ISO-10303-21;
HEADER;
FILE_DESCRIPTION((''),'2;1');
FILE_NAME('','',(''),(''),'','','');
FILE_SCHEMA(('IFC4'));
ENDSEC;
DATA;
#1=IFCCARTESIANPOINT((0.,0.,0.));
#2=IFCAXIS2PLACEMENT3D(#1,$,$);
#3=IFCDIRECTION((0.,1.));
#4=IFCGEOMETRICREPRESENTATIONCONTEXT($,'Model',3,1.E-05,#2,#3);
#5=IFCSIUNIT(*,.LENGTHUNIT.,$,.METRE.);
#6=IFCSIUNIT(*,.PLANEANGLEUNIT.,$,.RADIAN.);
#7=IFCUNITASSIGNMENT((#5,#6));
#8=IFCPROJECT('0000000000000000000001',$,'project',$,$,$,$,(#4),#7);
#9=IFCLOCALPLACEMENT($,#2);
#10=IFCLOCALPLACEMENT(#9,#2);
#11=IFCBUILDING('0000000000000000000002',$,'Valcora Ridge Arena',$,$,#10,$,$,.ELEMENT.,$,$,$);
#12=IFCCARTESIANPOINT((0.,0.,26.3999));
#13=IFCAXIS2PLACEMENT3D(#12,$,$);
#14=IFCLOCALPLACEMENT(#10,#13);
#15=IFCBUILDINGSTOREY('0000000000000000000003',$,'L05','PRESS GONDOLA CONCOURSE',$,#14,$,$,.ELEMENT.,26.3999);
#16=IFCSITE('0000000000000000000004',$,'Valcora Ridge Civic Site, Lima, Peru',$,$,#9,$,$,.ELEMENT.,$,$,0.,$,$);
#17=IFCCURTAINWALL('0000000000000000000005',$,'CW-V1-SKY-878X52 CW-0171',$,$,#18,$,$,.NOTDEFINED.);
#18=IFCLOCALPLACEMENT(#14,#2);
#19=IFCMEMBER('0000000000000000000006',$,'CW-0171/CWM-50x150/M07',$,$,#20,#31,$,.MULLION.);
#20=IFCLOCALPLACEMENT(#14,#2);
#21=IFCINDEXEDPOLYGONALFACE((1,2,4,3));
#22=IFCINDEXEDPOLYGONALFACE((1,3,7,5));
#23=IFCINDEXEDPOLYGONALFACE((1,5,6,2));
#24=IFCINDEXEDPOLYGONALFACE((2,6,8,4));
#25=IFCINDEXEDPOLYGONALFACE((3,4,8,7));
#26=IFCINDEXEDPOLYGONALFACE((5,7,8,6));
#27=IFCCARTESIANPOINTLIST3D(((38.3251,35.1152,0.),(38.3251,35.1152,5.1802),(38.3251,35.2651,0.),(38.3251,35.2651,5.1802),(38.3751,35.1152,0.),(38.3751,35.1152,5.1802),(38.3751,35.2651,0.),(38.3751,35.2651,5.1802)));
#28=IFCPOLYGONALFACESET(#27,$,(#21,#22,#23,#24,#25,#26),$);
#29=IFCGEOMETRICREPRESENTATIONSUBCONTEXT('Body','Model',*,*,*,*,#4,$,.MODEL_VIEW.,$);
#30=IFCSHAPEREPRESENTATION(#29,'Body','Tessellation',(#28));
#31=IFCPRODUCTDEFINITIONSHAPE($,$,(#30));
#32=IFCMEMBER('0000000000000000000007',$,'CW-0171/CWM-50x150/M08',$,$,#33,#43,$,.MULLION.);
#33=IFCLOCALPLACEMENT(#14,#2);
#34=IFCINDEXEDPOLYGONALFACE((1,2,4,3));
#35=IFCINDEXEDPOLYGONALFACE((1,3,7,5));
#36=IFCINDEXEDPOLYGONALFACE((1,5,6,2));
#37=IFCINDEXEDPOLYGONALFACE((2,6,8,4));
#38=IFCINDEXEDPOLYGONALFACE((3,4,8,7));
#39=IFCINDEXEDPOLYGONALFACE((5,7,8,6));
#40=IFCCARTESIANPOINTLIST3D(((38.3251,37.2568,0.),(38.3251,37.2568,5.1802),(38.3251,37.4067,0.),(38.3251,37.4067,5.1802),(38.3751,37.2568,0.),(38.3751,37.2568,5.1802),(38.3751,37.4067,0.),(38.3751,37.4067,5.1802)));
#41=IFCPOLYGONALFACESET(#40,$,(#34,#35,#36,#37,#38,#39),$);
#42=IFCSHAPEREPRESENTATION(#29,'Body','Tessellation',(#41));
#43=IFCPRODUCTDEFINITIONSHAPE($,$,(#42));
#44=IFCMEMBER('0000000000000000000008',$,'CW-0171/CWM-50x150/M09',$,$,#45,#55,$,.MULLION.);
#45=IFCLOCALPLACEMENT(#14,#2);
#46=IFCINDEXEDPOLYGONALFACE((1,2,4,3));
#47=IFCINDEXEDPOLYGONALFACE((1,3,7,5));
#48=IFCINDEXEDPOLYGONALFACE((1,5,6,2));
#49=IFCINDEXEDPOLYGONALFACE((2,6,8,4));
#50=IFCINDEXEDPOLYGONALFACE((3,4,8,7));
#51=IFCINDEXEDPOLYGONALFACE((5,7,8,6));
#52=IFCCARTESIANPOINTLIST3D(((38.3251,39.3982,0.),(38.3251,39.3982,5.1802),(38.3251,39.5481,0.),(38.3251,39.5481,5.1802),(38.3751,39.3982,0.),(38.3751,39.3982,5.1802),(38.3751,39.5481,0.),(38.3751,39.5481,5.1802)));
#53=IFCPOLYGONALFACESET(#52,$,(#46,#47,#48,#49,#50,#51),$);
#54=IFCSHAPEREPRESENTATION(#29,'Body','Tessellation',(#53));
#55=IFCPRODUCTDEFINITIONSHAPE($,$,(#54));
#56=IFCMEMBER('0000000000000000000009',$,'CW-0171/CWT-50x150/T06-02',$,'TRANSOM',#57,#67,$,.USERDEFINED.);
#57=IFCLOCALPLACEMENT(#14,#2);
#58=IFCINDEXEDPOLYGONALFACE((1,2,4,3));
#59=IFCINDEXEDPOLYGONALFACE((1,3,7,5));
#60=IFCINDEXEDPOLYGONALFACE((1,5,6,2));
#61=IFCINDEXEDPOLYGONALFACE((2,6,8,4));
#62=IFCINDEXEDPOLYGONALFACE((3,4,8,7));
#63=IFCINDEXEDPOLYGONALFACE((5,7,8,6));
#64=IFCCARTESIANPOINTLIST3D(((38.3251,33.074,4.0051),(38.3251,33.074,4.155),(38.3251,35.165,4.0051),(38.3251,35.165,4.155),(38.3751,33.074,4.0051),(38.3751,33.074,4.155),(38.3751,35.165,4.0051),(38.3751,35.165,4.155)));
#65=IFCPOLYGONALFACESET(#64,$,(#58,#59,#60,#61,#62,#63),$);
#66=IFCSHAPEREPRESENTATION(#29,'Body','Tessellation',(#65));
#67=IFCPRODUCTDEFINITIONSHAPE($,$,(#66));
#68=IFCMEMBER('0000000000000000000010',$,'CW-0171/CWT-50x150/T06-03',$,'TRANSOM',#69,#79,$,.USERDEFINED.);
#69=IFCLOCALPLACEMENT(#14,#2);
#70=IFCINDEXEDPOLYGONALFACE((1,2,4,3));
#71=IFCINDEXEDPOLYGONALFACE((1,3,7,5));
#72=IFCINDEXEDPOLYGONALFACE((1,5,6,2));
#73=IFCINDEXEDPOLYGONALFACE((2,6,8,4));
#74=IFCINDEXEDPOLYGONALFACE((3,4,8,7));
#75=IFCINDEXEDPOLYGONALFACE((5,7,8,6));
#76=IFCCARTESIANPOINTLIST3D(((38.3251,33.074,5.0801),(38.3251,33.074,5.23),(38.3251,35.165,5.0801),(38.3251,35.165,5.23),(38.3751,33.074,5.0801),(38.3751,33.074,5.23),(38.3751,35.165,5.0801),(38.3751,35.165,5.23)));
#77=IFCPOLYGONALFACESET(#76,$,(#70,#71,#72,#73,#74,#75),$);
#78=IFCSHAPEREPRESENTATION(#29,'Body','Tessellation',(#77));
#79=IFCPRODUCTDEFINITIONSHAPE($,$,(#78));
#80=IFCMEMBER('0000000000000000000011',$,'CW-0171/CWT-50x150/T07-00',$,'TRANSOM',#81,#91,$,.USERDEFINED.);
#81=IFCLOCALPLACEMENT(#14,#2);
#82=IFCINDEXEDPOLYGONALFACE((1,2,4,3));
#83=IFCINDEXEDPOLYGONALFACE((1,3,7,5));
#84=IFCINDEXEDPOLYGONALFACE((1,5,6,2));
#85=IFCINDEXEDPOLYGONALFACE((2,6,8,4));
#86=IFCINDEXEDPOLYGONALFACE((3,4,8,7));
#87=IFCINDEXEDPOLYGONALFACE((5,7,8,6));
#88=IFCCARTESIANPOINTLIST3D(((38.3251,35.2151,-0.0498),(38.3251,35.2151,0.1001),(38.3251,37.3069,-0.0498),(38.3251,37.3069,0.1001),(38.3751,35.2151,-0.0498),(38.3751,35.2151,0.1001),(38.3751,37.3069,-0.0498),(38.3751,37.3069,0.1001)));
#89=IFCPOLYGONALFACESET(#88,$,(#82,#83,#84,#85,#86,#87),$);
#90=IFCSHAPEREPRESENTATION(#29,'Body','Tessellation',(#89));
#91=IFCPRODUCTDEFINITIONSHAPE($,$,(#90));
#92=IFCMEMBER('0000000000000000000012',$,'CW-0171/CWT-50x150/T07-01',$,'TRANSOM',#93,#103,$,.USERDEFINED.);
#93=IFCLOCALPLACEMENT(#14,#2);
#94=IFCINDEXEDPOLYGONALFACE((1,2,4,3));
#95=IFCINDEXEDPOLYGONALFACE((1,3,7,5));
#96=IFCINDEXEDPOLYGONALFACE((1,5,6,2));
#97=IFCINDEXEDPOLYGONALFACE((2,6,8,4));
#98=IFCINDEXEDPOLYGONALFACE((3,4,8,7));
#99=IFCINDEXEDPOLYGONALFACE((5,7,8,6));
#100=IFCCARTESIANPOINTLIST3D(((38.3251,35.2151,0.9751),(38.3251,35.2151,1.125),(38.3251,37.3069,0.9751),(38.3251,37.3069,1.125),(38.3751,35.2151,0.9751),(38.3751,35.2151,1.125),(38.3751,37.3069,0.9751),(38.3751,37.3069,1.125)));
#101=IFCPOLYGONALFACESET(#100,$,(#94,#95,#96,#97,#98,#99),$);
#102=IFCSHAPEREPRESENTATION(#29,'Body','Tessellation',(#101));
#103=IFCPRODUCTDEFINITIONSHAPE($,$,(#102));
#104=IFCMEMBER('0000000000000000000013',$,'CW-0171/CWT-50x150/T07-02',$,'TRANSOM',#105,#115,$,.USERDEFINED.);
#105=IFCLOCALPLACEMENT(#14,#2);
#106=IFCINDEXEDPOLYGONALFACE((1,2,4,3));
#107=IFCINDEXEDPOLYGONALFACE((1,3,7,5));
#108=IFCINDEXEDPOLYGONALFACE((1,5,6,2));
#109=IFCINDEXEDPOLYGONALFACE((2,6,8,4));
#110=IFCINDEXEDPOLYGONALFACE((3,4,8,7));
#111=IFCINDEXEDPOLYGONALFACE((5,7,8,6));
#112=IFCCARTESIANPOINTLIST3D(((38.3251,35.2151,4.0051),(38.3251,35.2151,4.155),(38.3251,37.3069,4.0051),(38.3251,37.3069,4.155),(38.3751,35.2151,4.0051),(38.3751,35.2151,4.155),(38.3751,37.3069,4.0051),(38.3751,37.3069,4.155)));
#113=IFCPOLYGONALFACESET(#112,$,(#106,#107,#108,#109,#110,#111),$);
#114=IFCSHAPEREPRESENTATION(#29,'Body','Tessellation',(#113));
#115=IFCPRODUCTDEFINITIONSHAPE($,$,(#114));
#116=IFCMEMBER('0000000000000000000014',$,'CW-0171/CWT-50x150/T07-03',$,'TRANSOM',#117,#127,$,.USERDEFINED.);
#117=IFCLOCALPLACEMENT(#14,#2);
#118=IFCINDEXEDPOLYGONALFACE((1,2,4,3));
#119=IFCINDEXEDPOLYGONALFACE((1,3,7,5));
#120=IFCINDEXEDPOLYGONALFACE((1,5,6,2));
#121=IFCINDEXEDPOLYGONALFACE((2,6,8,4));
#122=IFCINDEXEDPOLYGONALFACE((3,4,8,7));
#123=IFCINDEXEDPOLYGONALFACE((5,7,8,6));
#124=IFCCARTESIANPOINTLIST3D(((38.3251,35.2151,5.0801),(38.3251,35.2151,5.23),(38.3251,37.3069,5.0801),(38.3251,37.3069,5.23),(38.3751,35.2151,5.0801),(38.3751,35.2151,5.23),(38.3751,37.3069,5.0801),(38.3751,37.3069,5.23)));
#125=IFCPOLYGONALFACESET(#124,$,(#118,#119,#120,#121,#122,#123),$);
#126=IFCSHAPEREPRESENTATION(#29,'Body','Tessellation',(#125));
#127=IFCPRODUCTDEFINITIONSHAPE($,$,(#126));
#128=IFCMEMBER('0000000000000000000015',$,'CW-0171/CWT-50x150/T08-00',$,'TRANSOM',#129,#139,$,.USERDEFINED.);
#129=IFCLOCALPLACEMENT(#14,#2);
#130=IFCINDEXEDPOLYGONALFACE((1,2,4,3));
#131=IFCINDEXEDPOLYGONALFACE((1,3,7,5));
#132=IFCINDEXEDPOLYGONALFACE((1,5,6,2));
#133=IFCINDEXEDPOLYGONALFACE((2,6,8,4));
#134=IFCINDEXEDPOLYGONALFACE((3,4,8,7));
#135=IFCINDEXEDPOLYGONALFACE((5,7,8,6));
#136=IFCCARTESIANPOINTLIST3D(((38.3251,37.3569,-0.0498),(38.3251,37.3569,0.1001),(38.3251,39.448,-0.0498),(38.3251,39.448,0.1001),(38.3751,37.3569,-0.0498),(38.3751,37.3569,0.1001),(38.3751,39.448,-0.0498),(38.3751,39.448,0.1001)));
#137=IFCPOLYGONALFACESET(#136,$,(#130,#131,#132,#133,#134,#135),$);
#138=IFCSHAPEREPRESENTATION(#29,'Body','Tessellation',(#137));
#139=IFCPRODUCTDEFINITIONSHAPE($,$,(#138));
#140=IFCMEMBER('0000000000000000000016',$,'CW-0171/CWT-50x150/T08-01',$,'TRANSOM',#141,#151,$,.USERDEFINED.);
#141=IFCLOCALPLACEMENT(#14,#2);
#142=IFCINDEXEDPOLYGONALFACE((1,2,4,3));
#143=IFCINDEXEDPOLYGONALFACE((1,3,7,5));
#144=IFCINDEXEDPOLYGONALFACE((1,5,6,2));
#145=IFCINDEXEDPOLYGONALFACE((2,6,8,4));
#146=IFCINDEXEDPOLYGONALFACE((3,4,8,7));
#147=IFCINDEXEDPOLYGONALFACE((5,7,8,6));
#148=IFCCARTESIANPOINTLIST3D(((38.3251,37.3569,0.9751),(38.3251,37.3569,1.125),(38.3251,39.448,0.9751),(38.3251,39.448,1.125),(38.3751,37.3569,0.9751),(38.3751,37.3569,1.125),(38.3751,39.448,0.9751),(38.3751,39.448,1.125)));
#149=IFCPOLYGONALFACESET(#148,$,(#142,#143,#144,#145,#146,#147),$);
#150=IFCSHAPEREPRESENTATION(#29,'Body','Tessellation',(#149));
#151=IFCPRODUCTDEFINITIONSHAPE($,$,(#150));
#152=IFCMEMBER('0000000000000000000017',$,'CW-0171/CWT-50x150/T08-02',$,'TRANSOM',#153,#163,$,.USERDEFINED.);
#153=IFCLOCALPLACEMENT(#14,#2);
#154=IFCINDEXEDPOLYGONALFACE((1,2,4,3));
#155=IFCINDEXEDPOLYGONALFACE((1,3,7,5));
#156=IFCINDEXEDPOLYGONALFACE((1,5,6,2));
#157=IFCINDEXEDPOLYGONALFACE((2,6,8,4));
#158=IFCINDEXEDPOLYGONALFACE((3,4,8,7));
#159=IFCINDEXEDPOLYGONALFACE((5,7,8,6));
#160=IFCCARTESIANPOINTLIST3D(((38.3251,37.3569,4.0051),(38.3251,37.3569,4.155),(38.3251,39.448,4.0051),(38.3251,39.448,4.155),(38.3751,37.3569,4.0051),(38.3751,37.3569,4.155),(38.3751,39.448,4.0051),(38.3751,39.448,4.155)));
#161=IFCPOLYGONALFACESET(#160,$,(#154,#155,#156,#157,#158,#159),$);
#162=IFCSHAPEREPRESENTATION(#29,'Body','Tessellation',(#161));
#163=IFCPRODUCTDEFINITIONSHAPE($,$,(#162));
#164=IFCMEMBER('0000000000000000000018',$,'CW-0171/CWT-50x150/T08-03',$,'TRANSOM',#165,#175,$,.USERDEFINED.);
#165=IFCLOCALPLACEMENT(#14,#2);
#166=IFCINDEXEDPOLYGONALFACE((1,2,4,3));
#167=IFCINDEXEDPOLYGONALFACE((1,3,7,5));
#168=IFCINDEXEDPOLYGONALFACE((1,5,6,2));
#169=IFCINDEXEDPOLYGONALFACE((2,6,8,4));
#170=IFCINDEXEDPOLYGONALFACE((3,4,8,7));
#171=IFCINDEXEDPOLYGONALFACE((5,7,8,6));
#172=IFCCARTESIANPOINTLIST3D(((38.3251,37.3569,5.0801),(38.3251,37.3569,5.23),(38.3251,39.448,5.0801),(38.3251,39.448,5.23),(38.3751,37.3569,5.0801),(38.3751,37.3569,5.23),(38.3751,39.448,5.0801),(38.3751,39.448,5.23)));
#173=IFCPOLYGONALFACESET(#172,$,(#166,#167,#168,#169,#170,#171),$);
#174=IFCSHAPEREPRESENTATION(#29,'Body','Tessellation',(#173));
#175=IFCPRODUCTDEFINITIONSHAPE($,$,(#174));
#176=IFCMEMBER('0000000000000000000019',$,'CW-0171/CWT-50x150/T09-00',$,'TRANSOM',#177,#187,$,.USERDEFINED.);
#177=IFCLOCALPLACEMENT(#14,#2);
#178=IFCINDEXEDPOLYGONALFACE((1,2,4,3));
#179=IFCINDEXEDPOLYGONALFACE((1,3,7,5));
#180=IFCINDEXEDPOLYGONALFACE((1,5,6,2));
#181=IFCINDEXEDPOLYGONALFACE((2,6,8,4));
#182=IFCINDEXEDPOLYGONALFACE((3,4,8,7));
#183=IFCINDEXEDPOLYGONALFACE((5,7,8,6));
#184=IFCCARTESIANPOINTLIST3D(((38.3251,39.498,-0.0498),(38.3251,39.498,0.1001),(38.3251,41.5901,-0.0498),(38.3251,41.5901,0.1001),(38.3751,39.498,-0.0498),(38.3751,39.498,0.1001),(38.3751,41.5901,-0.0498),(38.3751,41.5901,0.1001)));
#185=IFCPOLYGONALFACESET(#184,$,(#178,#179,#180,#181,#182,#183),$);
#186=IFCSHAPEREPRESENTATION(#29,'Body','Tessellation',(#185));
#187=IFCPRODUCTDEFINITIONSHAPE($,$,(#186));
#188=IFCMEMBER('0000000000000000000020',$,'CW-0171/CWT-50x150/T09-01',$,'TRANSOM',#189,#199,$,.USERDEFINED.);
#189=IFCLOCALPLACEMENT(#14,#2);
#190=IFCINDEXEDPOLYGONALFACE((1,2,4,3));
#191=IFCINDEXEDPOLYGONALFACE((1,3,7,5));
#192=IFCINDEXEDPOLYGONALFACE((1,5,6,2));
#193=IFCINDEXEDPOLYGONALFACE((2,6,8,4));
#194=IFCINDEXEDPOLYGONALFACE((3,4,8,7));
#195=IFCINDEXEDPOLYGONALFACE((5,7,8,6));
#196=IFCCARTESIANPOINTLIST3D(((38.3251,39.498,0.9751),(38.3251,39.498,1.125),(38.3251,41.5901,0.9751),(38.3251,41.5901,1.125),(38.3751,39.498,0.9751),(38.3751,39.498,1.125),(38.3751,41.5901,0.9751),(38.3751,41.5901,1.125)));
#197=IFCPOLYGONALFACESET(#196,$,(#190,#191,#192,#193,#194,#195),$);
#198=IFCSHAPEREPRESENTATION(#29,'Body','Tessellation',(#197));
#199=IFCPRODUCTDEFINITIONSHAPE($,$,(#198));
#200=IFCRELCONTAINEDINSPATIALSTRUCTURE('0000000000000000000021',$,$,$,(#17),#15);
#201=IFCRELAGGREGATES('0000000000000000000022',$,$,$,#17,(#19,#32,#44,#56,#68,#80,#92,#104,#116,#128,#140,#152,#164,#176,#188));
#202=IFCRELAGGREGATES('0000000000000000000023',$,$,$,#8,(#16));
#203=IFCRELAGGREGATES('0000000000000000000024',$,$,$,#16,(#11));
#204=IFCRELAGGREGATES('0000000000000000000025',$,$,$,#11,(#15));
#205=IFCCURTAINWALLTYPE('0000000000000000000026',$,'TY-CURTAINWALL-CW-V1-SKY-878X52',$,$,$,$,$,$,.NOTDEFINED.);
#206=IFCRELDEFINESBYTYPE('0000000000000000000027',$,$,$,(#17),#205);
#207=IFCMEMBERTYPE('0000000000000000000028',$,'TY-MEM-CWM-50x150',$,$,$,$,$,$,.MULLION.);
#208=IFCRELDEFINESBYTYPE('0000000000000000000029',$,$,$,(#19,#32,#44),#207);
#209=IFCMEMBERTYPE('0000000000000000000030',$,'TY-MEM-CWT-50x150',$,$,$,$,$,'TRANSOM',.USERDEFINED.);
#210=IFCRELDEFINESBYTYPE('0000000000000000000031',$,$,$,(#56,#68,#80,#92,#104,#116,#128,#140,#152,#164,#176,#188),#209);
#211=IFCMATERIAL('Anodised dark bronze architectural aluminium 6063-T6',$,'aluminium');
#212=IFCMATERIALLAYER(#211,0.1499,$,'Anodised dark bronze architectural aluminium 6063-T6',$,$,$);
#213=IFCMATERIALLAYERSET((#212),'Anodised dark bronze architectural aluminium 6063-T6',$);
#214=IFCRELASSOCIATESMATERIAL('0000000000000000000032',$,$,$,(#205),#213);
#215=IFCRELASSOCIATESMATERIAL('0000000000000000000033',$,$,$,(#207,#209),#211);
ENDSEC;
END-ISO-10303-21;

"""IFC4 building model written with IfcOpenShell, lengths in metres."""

from ifc_helpers import new_model, si_unit, direction, frame, origin, origin_2d, place, context, subcontext, project, spatial, rectangle, extrude, material, layer, layer_set, material_profile, profile_set, type_object, element, aggregate, save


model = new_model("IFC4")

# Units and contexts
model_context = context("Model", 3, precision=1e-05, world=origin(), true_north=direction((0.0, 1.0)))
body_context = subcontext(model_context, "Body", "Model", "MODEL_VIEW")
ifc_project = project(units=[si_unit("LENGTHUNIT", "METRE"), si_unit("PLANEANGLEUNIT", "RADIAN")], contexts=[model_context])

# Site, building, storey
site_placement = place(None, origin())
site = spatial("IfcSite", under=ifc_project, at=site_placement, Name="Valcora Ridge Civic Site, Lima, Peru", CompositionType="ELEMENT", RefElevation=0.0)
building_placement = place(site_placement, origin())
building = spatial("IfcBuilding", under=site, at=building_placement, Name="Valcora Ridge Arena", CompositionType="ELEMENT")
storey_placement = place(building_placement, frame((0.0, 0.0, 26.3999)))
storey = spatial("IfcBuildingStorey", under=building, at=storey_placement, Name="L05", Description="PRESS GONDOLA CONCOURSE", CompositionType="ELEMENT", Elevation=26.3999)

# Curtain wall, members
ifc_material_1 = material(Name="Anodised dark bronze architectural aluminium 6063-T6", Category="aluminium")
ifc_layer_1 = layer(ifc_material_1, 0.1499, Name="Anodised dark bronze architectural aluminium 6063-T6")
ifc_layer_set_1 = layer_set([ifc_layer_1], Name="Anodised dark bronze architectural aluminium 6063-T6")
curtain_wall_type = type_object("IfcCurtainWallType", Name="TY-CURTAINWALL-CW-V1-SKY-878X52", PredefinedType="NOTDEFINED", material=ifc_layer_set_1)
curtain_wall_placement = place(storey_placement, origin())
curtain_wall = element("IfcCurtainWall", 1, at=curtain_wall_placement, inside=storey, type_object=curtain_wall_type, Name="CW-V1-SKY-878X52 CW-0171", PredefinedType="NOTDEFINED")
ifc_material_profile_1 = material_profile(ifc_material_1, rectangle(XDim=0.05, YDim=0.1499, at=origin_2d()), Name="ALU MULLION 50x150")
ifc_profile_set_1 = profile_set([ifc_material_profile_1], Name="Anodised dark bronze architectural aluminium 6063-T6")
member_type_1 = type_object("IfcMemberType", Name="TY-MEM-CWM-50x150", PredefinedType="MULLION", material=ifc_profile_set_1)
member_1_placement = place(storey_placement, frame((38.3501, 35.1902, 0.0), z_axis=(0.0, 0.0, 1.0), x_axis=(-1.0, 0.0, 0.0)))
member_1 = element("IfcMember", 2, at=member_1_placement, type_object=member_type_1, Name="CW-0171/CWM-50x150/M07", PredefinedType="MULLION", context=body_context, shape_type="SweptSolid", body=[
    extrude(rectangle(XDim=0.05, YDim=0.1499, at=origin_2d()), origin(), (0.0, 0.0, 1.0), 5.1802),
])
member_2_placement = place(storey_placement, frame((38.3501, 37.3318, 0.0), z_axis=(0.0, 0.0, 1.0), x_axis=(-1.0, 0.0, 0.0)))
member_2 = element("IfcMember", 3, at=member_2_placement, type_object=member_type_1, Name="CW-0171/CWM-50x150/M08", PredefinedType="MULLION", context=body_context, shape_type="SweptSolid", body=[
    extrude(rectangle(XDim=0.05, YDim=0.1499, at=origin_2d()), origin(), (0.0, 0.0, 1.0), 5.1802),
])
member_3_placement = place(storey_placement, frame((38.3501, 39.4731, 0.0), z_axis=(0.0, 0.0, 1.0), x_axis=(-1.0, 0.0, 0.0)))
member_3 = element("IfcMember", 4, at=member_3_placement, type_object=member_type_1, Name="CW-0171/CWM-50x150/M09", PredefinedType="MULLION", context=body_context, shape_type="SweptSolid", body=[
    extrude(rectangle(XDim=0.05, YDim=0.1499, at=origin_2d()), origin(), (0.0, 0.0, 1.0), 5.1802),
])
ifc_material_profile_2 = material_profile(ifc_material_1, rectangle(XDim=0.05, YDim=0.1499, at=origin_2d()), Name="ALU TRANSOM 50x150")
ifc_profile_set_2 = profile_set([ifc_material_profile_2], Name="Anodised dark bronze architectural aluminium 6063-T6")
member_type_2 = type_object("IfcMemberType", Name="TY-MEM-CWT-50x150", ElementType="TRANSOM", PredefinedType="USERDEFINED", material=ifc_profile_set_2)
member_4_placement = place(storey_placement, frame((38.3501, 33.074, 4.0801), z_axis=(0.0, 1.0, 0.0), x_axis=(-1.0, 0.0, 0.0)))
member_4 = element("IfcMember", 5, at=member_4_placement, type_object=member_type_2, Name="CW-0171/CWT-50x150/T06-02", ObjectType="TRANSOM", PredefinedType="USERDEFINED", context=body_context, shape_type="SweptSolid", body=[
    extrude(rectangle(XDim=0.05, YDim=0.1499, at=origin_2d()), origin(), (0.0, 0.0, 1.0), 2.0911),
])
member_5_placement = place(storey_placement, frame((38.3501, 33.074, 5.155), z_axis=(0.0, 1.0, 0.0), x_axis=(-1.0, 0.0, 0.0)))
member_5 = element("IfcMember", 6, at=member_5_placement, type_object=member_type_2, Name="CW-0171/CWT-50x150/T06-03", ObjectType="TRANSOM", PredefinedType="USERDEFINED", context=body_context, shape_type="SweptSolid", body=[
    extrude(rectangle(XDim=0.05, YDim=0.1499, at=origin_2d()), origin(), (0.0, 0.0, 1.0), 2.0911),
])
member_6_placement = place(storey_placement, frame((38.3501, 35.2151, 0.0251), z_axis=(0.0, 1.0, 0.0), x_axis=(-1.0, 0.0, 0.0)))
member_6 = element("IfcMember", 7, at=member_6_placement, type_object=member_type_2, Name="CW-0171/CWT-50x150/T07-00", ObjectType="TRANSOM", PredefinedType="USERDEFINED", context=body_context, shape_type="SweptSolid", body=[
    extrude(rectangle(XDim=0.05, YDim=0.1499, at=origin_2d()), origin(), (0.0, 0.0, 1.0), 2.0918),
])
member_7_placement = place(storey_placement, frame((38.3501, 35.2151, 1.05), z_axis=(0.0, 1.0, 0.0), x_axis=(-1.0, 0.0, 0.0)))
member_7 = element("IfcMember", 8, at=member_7_placement, type_object=member_type_2, Name="CW-0171/CWT-50x150/T07-01", ObjectType="TRANSOM", PredefinedType="USERDEFINED", context=body_context, shape_type="SweptSolid", body=[
    extrude(rectangle(XDim=0.05, YDim=0.1499, at=origin_2d()), origin(), (0.0, 0.0, 1.0), 2.0918),
])
member_8_placement = place(storey_placement, frame((38.3501, 35.2151, 4.0801), z_axis=(0.0, 1.0, 0.0), x_axis=(-1.0, 0.0, 0.0)))
member_8 = element("IfcMember", 9, at=member_8_placement, type_object=member_type_2, Name="CW-0171/CWT-50x150/T07-02", ObjectType="TRANSOM", PredefinedType="USERDEFINED", context=body_context, shape_type="SweptSolid", body=[
    extrude(rectangle(XDim=0.05, YDim=0.1499, at=origin_2d()), origin(), (0.0, 0.0, 1.0), 2.0918),
])
member_9_placement = place(storey_placement, frame((38.3501, 35.2151, 5.155), z_axis=(0.0, 1.0, 0.0), x_axis=(-1.0, 0.0, 0.0)))
member_9 = element("IfcMember", 10, at=member_9_placement, type_object=member_type_2, Name="CW-0171/CWT-50x150/T07-03", ObjectType="TRANSOM", PredefinedType="USERDEFINED", context=body_context, shape_type="SweptSolid", body=[
    extrude(rectangle(XDim=0.05, YDim=0.1499, at=origin_2d()), origin(), (0.0, 0.0, 1.0), 2.0918),
])
member_10_placement = place(storey_placement, frame((38.3501, 37.3569, 0.0251), z_axis=(0.0, 1.0, 0.0), x_axis=(-1.0, 0.0, 0.0)))
member_10 = element("IfcMember", 11, at=member_10_placement, type_object=member_type_2, Name="CW-0171/CWT-50x150/T08-00", ObjectType="TRANSOM", PredefinedType="USERDEFINED", context=body_context, shape_type="SweptSolid", body=[
    extrude(rectangle(XDim=0.05, YDim=0.1499, at=origin_2d()), origin(), (0.0, 0.0, 1.0), 2.0911),
])
member_11_placement = place(storey_placement, frame((38.3501, 37.3569, 1.05), z_axis=(0.0, 1.0, 0.0), x_axis=(-1.0, 0.0, 0.0)))
member_11 = element("IfcMember", 12, at=member_11_placement, type_object=member_type_2, Name="CW-0171/CWT-50x150/T08-01", ObjectType="TRANSOM", PredefinedType="USERDEFINED", context=body_context, shape_type="SweptSolid", body=[
    extrude(rectangle(XDim=0.05, YDim=0.1499, at=origin_2d()), origin(), (0.0, 0.0, 1.0), 2.0911),
])
member_12_placement = place(storey_placement, frame((38.3501, 37.3569, 4.0801), z_axis=(0.0, 1.0, 0.0), x_axis=(-1.0, 0.0, 0.0)))
member_12 = element("IfcMember", 13, at=member_12_placement, type_object=member_type_2, Name="CW-0171/CWT-50x150/T08-02", ObjectType="TRANSOM", PredefinedType="USERDEFINED", context=body_context, shape_type="SweptSolid", body=[
    extrude(rectangle(XDim=0.05, YDim=0.1499, at=origin_2d()), origin(), (0.0, 0.0, 1.0), 2.0911),
])
member_13_placement = place(storey_placement, frame((38.3501, 37.3569, 5.155), z_axis=(0.0, 1.0, 0.0), x_axis=(-1.0, 0.0, 0.0)))
member_13 = element("IfcMember", 14, at=member_13_placement, type_object=member_type_2, Name="CW-0171/CWT-50x150/T08-03", ObjectType="TRANSOM", PredefinedType="USERDEFINED", context=body_context, shape_type="SweptSolid", body=[
    extrude(rectangle(XDim=0.05, YDim=0.1499, at=origin_2d()), origin(), (0.0, 0.0, 1.0), 2.0911),
])
member_14_placement = place(storey_placement, frame((38.3501, 39.498, 0.0251), z_axis=(0.0, 1.0, 0.0), x_axis=(-1.0, 0.0, 0.0)))
member_14 = element("IfcMember", 15, at=member_14_placement, type_object=member_type_2, Name="CW-0171/CWT-50x150/T09-00", ObjectType="TRANSOM", PredefinedType="USERDEFINED", context=body_context, shape_type="SweptSolid", body=[
    extrude(rectangle(XDim=0.05, YDim=0.1499, at=origin_2d()), origin(), (0.0, 0.0, 1.0), 2.092),
])
member_15_placement = place(storey_placement, frame((38.3501, 39.498, 1.05), z_axis=(0.0, 1.0, 0.0), x_axis=(-1.0, 0.0, 0.0)))
member_15 = element("IfcMember", 16, at=member_15_placement, type_object=member_type_2, Name="CW-0171/CWT-50x150/T09-01", ObjectType="TRANSOM", PredefinedType="USERDEFINED", context=body_context, shape_type="SweptSolid", body=[
    extrude(rectangle(XDim=0.05, YDim=0.1499, at=origin_2d()), origin(), (0.0, 0.0, 1.0), 2.092),
])
aggregate(curtain_wall, [member_1, member_2, member_3, member_4, member_5, member_6, member_7, member_8, member_9, member_10, member_11, member_12, member_13, member_14, member_15])

save(model, "model.ifc")
